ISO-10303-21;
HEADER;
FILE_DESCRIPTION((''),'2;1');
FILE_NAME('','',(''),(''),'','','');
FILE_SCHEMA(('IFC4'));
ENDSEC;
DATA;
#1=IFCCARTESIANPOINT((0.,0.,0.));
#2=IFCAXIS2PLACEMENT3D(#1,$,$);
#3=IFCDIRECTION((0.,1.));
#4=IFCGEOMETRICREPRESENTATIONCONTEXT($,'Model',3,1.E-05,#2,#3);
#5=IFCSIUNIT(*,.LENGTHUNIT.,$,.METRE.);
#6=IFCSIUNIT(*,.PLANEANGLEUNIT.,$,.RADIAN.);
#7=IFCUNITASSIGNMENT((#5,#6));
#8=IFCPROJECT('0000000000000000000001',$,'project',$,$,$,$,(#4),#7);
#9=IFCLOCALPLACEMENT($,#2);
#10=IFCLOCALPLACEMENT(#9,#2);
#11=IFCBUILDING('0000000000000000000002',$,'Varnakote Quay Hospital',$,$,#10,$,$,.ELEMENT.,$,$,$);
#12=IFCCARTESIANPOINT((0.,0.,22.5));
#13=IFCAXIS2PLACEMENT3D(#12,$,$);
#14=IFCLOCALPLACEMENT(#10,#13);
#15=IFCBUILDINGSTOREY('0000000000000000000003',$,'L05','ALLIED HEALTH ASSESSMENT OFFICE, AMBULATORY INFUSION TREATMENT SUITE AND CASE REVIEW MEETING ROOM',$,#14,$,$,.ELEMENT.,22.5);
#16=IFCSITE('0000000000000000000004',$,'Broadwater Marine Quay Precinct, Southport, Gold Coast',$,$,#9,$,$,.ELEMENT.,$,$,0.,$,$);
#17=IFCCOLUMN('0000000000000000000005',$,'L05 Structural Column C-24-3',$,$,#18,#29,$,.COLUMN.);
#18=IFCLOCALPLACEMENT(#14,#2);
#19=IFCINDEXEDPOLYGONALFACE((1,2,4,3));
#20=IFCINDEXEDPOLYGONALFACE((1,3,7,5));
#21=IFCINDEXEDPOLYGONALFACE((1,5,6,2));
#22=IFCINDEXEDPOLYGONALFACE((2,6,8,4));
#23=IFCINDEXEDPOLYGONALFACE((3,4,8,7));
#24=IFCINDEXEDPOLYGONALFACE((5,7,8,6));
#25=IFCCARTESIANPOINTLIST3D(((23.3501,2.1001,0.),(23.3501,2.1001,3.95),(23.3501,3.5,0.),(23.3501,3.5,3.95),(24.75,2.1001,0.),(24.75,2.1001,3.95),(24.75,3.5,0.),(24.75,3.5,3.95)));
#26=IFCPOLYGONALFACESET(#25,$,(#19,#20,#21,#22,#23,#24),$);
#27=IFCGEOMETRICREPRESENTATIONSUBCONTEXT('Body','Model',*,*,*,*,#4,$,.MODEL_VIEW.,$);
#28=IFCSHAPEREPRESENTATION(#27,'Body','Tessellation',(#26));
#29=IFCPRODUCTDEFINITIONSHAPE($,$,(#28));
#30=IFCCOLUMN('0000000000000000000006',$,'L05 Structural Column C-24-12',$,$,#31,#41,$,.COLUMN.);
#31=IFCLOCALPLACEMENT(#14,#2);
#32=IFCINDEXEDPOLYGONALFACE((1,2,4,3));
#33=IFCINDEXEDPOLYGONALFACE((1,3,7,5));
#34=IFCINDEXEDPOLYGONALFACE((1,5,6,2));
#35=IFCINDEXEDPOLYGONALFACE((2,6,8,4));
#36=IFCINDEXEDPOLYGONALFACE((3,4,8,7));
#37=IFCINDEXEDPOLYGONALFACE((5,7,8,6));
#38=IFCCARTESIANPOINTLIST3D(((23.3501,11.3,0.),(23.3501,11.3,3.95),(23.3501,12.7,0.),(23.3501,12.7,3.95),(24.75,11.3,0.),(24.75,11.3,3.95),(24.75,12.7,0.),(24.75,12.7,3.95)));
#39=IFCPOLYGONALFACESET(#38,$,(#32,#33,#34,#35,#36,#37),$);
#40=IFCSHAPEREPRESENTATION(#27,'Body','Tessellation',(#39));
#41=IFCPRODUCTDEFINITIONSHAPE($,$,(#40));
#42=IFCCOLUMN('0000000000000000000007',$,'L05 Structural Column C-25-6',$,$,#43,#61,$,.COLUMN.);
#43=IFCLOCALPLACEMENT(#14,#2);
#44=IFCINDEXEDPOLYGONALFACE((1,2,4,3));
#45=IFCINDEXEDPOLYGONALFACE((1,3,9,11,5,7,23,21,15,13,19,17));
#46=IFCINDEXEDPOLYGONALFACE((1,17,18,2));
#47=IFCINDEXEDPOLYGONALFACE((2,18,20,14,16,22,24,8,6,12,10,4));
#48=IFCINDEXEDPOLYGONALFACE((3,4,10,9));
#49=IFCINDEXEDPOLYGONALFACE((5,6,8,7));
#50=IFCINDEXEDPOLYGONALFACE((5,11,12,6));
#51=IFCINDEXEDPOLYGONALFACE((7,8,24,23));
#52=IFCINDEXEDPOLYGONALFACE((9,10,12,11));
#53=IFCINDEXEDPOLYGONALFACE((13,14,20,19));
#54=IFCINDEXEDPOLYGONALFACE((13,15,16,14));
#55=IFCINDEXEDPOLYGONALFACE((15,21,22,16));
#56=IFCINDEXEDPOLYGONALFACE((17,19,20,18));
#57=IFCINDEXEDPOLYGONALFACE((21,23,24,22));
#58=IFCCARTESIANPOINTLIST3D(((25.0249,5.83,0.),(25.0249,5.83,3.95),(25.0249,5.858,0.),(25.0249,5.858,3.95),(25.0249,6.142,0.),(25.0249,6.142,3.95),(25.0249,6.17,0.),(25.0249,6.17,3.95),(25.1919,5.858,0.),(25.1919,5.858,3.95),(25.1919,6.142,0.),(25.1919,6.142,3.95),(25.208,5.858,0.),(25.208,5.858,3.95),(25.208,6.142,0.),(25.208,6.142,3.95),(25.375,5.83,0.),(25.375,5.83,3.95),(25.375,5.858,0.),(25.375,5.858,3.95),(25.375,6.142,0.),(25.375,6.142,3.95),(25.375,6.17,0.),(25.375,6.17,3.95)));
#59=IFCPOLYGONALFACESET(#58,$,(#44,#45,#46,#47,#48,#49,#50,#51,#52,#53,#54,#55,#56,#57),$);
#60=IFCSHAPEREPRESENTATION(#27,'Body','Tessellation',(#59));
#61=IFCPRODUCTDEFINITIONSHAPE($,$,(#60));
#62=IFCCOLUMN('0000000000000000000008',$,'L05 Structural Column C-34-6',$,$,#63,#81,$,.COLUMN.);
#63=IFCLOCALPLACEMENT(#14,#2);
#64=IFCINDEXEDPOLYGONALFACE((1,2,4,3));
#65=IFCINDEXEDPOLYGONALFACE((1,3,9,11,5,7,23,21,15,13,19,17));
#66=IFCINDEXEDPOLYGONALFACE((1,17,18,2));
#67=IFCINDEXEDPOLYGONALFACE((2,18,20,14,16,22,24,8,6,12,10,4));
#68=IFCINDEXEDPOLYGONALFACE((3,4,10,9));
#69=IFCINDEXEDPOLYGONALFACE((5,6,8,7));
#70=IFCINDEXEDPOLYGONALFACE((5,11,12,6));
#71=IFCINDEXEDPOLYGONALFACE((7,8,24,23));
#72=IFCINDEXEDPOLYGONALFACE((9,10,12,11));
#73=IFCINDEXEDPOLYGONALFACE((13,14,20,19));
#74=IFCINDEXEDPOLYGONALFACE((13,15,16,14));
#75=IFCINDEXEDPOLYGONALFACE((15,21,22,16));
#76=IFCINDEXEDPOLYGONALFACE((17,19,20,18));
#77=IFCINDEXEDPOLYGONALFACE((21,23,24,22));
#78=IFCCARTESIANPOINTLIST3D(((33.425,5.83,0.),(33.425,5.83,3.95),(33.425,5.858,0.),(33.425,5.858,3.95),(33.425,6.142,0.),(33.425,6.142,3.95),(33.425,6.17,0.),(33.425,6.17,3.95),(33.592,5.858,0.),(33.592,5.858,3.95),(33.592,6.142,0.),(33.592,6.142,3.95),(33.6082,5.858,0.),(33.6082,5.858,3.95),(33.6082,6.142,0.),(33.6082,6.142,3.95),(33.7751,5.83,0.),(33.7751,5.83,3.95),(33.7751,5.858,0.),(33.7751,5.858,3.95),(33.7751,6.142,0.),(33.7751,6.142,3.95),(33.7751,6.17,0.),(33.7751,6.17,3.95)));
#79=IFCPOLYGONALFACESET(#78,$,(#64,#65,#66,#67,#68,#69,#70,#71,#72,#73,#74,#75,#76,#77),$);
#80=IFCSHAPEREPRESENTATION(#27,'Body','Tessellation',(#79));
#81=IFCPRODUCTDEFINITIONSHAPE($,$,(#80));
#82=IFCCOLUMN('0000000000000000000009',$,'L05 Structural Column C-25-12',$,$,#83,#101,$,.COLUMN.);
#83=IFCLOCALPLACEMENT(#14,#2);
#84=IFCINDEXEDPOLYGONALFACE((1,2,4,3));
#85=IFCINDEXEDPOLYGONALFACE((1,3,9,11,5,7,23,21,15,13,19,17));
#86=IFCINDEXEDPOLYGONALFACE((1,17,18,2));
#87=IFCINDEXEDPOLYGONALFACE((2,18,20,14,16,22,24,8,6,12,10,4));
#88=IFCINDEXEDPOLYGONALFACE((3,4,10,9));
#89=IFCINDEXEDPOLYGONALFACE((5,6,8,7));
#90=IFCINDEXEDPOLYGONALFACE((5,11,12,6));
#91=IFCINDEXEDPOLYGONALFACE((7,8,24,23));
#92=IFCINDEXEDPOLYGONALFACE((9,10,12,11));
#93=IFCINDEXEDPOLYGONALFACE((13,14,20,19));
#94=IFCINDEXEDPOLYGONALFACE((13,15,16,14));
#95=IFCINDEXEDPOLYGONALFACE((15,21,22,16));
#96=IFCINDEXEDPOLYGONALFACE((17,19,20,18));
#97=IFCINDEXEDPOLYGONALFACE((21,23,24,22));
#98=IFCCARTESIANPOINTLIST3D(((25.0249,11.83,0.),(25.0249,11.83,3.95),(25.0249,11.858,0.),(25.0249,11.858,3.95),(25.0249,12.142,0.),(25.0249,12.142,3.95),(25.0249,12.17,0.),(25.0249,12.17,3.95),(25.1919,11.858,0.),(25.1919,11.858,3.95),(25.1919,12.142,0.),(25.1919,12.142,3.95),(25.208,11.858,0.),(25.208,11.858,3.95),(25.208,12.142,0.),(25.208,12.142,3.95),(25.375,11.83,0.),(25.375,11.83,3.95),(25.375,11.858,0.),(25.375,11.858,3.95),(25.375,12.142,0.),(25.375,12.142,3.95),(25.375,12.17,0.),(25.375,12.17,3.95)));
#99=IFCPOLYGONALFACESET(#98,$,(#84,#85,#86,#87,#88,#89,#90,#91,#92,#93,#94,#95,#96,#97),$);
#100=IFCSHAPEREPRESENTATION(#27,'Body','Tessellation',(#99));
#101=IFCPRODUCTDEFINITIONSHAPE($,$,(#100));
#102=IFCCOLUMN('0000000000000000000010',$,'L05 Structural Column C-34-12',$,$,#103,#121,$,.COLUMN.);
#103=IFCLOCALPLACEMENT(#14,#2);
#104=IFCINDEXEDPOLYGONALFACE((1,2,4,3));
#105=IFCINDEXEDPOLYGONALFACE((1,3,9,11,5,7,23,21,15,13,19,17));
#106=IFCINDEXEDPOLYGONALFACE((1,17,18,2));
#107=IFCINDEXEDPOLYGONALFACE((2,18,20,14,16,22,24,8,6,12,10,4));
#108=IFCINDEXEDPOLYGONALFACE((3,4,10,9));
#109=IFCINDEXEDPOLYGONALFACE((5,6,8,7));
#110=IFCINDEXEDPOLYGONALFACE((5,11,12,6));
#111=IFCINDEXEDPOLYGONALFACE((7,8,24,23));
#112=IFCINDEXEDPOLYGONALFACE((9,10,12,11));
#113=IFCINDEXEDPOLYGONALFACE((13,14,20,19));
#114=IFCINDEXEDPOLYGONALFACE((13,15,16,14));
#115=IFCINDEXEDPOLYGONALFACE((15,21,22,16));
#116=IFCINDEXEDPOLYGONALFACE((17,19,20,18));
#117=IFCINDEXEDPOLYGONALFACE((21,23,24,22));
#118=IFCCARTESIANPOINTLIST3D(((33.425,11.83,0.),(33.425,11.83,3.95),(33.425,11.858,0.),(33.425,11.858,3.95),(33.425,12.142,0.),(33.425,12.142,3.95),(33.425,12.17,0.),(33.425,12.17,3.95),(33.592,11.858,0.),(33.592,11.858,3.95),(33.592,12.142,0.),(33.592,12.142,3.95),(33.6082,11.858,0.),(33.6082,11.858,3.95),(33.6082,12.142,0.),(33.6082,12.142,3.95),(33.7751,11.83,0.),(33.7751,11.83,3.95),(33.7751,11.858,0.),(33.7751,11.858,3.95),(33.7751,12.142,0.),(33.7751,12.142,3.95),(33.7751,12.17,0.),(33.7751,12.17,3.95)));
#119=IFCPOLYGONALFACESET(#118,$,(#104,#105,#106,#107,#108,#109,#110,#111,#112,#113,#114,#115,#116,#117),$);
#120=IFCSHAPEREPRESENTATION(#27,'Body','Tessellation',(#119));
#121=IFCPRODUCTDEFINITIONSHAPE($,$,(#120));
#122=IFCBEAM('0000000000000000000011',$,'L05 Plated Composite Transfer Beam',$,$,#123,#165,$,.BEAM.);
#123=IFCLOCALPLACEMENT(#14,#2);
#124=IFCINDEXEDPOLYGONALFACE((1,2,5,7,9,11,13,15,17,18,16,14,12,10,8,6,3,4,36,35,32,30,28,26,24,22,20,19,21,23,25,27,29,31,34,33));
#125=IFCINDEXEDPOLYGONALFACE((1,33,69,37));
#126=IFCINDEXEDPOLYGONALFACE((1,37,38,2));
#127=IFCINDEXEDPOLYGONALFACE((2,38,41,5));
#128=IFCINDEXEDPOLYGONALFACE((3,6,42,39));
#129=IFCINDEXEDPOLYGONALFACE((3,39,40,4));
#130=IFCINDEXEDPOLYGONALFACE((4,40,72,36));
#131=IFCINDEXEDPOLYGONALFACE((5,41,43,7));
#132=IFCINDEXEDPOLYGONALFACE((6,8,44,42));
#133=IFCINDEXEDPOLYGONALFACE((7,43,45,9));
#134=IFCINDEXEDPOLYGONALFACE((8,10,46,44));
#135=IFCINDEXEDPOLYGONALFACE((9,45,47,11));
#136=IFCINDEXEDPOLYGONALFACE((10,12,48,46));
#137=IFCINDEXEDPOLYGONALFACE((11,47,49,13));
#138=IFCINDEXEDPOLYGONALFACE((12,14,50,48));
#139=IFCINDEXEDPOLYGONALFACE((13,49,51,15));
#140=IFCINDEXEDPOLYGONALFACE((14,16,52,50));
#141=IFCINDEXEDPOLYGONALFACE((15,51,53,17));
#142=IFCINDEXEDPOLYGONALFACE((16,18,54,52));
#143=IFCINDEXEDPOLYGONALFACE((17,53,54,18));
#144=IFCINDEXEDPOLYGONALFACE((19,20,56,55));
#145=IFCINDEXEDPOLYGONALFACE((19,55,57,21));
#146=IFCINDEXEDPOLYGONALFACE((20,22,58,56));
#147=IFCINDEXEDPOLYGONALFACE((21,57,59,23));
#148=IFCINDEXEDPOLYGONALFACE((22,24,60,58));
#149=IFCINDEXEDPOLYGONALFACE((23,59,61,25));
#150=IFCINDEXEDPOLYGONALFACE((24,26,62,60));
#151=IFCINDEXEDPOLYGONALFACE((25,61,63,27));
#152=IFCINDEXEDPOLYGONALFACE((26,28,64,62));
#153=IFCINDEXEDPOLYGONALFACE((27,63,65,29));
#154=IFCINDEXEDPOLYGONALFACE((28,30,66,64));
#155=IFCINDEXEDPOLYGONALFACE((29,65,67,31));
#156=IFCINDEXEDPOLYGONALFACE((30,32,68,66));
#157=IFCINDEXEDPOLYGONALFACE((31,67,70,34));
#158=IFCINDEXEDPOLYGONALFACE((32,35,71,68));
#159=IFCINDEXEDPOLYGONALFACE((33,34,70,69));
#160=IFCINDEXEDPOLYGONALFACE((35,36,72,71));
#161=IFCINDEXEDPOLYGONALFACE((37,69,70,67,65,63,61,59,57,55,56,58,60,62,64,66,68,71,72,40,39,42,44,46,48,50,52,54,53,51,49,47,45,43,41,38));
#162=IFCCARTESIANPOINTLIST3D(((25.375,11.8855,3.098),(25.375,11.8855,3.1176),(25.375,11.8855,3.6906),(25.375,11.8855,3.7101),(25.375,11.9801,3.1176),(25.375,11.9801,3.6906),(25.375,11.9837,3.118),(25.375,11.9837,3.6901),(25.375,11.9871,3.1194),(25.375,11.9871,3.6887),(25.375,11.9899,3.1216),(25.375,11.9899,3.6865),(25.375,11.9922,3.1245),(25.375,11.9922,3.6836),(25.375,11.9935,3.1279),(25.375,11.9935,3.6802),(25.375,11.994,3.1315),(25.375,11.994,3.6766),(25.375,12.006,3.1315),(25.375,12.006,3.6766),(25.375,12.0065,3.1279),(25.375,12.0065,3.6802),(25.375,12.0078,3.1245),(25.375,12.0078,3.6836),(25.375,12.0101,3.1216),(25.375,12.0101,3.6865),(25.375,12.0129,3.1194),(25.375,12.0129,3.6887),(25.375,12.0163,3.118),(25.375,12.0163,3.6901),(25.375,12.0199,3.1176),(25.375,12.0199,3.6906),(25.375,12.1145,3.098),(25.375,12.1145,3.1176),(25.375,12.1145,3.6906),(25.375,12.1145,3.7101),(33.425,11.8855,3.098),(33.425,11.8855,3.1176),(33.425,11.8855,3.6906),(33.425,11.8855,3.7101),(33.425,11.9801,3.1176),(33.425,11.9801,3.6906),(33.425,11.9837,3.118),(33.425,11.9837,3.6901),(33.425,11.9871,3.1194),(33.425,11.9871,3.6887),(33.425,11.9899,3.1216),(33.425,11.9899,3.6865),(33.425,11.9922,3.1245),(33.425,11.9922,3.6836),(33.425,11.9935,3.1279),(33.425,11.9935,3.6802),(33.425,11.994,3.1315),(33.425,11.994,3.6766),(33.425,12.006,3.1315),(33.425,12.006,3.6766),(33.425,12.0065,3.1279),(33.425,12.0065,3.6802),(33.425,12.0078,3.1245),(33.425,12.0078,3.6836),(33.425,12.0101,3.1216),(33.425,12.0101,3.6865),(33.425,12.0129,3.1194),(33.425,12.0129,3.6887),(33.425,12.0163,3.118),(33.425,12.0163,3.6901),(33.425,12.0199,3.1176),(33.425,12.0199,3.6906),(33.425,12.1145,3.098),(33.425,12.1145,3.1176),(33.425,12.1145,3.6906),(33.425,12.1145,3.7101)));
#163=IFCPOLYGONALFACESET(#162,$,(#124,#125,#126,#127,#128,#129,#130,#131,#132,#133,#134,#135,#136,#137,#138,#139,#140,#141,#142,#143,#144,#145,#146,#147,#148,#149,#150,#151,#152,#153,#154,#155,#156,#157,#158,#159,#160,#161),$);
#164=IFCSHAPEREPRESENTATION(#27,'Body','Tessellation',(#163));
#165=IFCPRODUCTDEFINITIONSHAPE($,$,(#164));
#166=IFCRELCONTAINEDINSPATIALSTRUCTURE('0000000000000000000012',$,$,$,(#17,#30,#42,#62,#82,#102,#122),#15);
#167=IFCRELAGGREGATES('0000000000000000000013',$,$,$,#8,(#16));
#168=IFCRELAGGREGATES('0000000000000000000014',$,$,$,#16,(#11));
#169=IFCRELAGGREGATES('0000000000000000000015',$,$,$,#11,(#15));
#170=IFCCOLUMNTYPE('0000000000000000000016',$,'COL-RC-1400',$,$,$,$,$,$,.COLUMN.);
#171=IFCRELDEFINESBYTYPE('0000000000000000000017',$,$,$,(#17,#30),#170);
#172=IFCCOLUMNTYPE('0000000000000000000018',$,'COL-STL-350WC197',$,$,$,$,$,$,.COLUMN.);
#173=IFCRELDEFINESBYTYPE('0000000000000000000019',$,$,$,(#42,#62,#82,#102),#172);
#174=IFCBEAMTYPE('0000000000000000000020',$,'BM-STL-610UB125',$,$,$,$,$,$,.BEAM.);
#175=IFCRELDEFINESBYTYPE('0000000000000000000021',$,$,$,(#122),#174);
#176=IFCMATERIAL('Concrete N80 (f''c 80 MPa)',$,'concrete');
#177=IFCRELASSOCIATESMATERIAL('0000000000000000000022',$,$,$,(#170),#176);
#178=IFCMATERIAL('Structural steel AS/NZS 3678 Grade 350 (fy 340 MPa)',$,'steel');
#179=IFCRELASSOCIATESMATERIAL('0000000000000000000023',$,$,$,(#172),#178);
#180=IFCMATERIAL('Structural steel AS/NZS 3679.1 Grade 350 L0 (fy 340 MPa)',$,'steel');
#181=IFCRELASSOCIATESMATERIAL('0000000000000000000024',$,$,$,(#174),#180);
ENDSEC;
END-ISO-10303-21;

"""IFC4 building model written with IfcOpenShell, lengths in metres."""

from ifc_helpers import new_model, si_unit, direction, frame, origin, origin_2d, place, context, subcontext, project, spatial, rectangle, i_section, extrude, material, material_profile, profile_set, type_object, element, save


model = new_model("IFC4")

# Units and contexts
model_context = context("Model", 3, precision=1e-05, world=origin(), true_north=direction((0.0, 1.0)))
body_context = subcontext(model_context, "Body", "Model", "MODEL_VIEW")
ifc_project = project(units=[si_unit("LENGTHUNIT", "METRE"), si_unit("PLANEANGLEUNIT", "RADIAN")], contexts=[model_context])

# Site, building, storey
site_placement = place(None, origin())
site = spatial("IfcSite", under=ifc_project, at=site_placement, Name="Broadwater Marine Quay Precinct, Southport, Gold Coast", CompositionType="ELEMENT", RefElevation=0.0)
building_placement = place(site_placement, origin())
building = spatial("IfcBuilding", under=site, at=building_placement, Name="Varnakote Quay Hospital", CompositionType="ELEMENT")
storey_placement = place(building_placement, frame((0.0, 0.0, 22.5)))
storey = spatial("IfcBuildingStorey", under=building, at=storey_placement, Name="L05", Description="ALLIED HEALTH ASSESSMENT OFFICE, AMBULATORY INFUSION TREATMENT SUITE AND CASE REVIEW MEETING ROOM", CompositionType="ELEMENT", Elevation=22.5)

# Columns
ifc_material_1 = material(Name="Concrete N80 (f'c 80 MPa)", Category="concrete")
ifc_material_profile_1 = material_profile(ifc_material_1, rectangle(XDim=1.3999, YDim=1.3999, at=origin_2d()), Name="RC-COL-1400x1400")
ifc_profile_set_1 = profile_set([ifc_material_profile_1], Name="Concrete N80 (f'c 80 MPa)")
column_type_1 = type_object("IfcColumnType", Name="COL-RC-1400", PredefinedType="COLUMN", material=ifc_profile_set_1)
for number, where, z_axis, x_axis, name in (
    (1, (24.05, 2.8, 0.0), (0.0, 0.0, 1.0), (1.0, 0.0, 0.0), "L05 Structural Column C-24-3"),
    (2, (24.05, 12.0, 0.0), (0.0, 0.0, 1.0), (1.0, 0.0, 0.0), "L05 Structural Column C-24-12"),
):
    element("IfcColumn", number, at=place(storey_placement, frame(where, z_axis=z_axis, x_axis=x_axis)), inside=storey, type_object=column_type_1, Name=name, PredefinedType="COLUMN", context=body_context, shape_type="SweptSolid", body=[
        extrude(rectangle(XDim=1.3999, YDim=1.3999, at=origin_2d()), origin(), (0.0, 0.0, 1.0), 3.95),
    ])
ifc_material_2 = material(Name="Structural steel AS/NZS 3678 Grade 350 (fy 340 MPa)", Category="steel")
ifc_material_profile_2 = material_profile(ifc_material_2, i_section(OverallWidth=0.3501, OverallDepth=0.3401, WebThickness=0.0161, FlangeThickness=0.0281, at=origin_2d()), Name="350WC197")
ifc_profile_set_2 = profile_set([ifc_material_profile_2], Name="Structural steel AS/NZS 3678 Grade 350 (fy 340 MPa)")
column_type_2 = type_object("IfcColumnType", Name="COL-STL-350WC197", PredefinedType="COLUMN", material=ifc_profile_set_2)
for number, where, z_axis, x_axis, name in (
    (3, (25.2, 6.0, 0.0), (0.0, 0.0, 1.0), (1.0, 0.0, 0.0), "L05 Structural Column C-25-6"),
    (4, (33.6001, 6.0, 0.0), (0.0, 0.0, 1.0), (1.0, 0.0, 0.0), "L05 Structural Column C-34-6"),
    (5, (25.2, 12.0, 0.0), (0.0, 0.0, 1.0), (1.0, 0.0, 0.0), "L05 Structural Column C-25-12"),
    (6, (33.6001, 12.0, 0.0), (0.0, 0.0, 1.0), (1.0, 0.0, 0.0), "L05 Structural Column C-34-12"),
):
    element("IfcColumn", number, at=place(storey_placement, frame(where, z_axis=z_axis, x_axis=x_axis)), inside=storey, type_object=column_type_2, Name=name, PredefinedType="COLUMN", context=body_context, shape_type="SweptSolid", body=[
        extrude(i_section(OverallWidth=0.3501, OverallDepth=0.3401, WebThickness=0.0161, FlangeThickness=0.0281, at=origin_2d()), origin(), (0.0, 0.0, 1.0), 3.95),
    ])

# Beam
ifc_material_3 = material(Name="Structural steel AS/NZS 3679.1 Grade 350 L0 (fy 340 MPa)", Category="steel")
ifc_material_profile_3 = material_profile(ifc_material_3, i_section(OverallWidth=0.229, OverallDepth=0.6121, WebThickness=0.012, FlangeThickness=0.0195, FilletRadius=0.0139, at=origin_2d()), Name="610UB125")
ifc_profile_set_3 = profile_set([ifc_material_profile_3], Name="Structural steel AS/NZS 3679.1 Grade 350 L0 (fy 340 MPa)")
beam_type_1 = type_object("IfcBeamType", Name="BM-STL-610UB125", PredefinedType="BEAM", material=ifc_profile_set_3)
beam_1_placement = place(storey_placement, frame((25.375, 12.0, 3.4041), z_axis=(1.0, 0.0, 0.0), x_axis=(0.0, 1.0, 0.0)))
element("IfcBeam", 7, at=beam_1_placement, inside=storey, type_object=beam_type_1, Name="L05 Plated Composite Transfer Beam", PredefinedType="BEAM", context=body_context, shape_type="SweptSolid", body=[
    extrude(i_section(OverallWidth=0.229, OverallDepth=0.6121, WebThickness=0.012, FlangeThickness=0.0195, FilletRadius=0.0139, at=origin_2d()), origin(), (0.0, 0.0, 1.0), 8.05),
])

save(model, "model.ifc")
